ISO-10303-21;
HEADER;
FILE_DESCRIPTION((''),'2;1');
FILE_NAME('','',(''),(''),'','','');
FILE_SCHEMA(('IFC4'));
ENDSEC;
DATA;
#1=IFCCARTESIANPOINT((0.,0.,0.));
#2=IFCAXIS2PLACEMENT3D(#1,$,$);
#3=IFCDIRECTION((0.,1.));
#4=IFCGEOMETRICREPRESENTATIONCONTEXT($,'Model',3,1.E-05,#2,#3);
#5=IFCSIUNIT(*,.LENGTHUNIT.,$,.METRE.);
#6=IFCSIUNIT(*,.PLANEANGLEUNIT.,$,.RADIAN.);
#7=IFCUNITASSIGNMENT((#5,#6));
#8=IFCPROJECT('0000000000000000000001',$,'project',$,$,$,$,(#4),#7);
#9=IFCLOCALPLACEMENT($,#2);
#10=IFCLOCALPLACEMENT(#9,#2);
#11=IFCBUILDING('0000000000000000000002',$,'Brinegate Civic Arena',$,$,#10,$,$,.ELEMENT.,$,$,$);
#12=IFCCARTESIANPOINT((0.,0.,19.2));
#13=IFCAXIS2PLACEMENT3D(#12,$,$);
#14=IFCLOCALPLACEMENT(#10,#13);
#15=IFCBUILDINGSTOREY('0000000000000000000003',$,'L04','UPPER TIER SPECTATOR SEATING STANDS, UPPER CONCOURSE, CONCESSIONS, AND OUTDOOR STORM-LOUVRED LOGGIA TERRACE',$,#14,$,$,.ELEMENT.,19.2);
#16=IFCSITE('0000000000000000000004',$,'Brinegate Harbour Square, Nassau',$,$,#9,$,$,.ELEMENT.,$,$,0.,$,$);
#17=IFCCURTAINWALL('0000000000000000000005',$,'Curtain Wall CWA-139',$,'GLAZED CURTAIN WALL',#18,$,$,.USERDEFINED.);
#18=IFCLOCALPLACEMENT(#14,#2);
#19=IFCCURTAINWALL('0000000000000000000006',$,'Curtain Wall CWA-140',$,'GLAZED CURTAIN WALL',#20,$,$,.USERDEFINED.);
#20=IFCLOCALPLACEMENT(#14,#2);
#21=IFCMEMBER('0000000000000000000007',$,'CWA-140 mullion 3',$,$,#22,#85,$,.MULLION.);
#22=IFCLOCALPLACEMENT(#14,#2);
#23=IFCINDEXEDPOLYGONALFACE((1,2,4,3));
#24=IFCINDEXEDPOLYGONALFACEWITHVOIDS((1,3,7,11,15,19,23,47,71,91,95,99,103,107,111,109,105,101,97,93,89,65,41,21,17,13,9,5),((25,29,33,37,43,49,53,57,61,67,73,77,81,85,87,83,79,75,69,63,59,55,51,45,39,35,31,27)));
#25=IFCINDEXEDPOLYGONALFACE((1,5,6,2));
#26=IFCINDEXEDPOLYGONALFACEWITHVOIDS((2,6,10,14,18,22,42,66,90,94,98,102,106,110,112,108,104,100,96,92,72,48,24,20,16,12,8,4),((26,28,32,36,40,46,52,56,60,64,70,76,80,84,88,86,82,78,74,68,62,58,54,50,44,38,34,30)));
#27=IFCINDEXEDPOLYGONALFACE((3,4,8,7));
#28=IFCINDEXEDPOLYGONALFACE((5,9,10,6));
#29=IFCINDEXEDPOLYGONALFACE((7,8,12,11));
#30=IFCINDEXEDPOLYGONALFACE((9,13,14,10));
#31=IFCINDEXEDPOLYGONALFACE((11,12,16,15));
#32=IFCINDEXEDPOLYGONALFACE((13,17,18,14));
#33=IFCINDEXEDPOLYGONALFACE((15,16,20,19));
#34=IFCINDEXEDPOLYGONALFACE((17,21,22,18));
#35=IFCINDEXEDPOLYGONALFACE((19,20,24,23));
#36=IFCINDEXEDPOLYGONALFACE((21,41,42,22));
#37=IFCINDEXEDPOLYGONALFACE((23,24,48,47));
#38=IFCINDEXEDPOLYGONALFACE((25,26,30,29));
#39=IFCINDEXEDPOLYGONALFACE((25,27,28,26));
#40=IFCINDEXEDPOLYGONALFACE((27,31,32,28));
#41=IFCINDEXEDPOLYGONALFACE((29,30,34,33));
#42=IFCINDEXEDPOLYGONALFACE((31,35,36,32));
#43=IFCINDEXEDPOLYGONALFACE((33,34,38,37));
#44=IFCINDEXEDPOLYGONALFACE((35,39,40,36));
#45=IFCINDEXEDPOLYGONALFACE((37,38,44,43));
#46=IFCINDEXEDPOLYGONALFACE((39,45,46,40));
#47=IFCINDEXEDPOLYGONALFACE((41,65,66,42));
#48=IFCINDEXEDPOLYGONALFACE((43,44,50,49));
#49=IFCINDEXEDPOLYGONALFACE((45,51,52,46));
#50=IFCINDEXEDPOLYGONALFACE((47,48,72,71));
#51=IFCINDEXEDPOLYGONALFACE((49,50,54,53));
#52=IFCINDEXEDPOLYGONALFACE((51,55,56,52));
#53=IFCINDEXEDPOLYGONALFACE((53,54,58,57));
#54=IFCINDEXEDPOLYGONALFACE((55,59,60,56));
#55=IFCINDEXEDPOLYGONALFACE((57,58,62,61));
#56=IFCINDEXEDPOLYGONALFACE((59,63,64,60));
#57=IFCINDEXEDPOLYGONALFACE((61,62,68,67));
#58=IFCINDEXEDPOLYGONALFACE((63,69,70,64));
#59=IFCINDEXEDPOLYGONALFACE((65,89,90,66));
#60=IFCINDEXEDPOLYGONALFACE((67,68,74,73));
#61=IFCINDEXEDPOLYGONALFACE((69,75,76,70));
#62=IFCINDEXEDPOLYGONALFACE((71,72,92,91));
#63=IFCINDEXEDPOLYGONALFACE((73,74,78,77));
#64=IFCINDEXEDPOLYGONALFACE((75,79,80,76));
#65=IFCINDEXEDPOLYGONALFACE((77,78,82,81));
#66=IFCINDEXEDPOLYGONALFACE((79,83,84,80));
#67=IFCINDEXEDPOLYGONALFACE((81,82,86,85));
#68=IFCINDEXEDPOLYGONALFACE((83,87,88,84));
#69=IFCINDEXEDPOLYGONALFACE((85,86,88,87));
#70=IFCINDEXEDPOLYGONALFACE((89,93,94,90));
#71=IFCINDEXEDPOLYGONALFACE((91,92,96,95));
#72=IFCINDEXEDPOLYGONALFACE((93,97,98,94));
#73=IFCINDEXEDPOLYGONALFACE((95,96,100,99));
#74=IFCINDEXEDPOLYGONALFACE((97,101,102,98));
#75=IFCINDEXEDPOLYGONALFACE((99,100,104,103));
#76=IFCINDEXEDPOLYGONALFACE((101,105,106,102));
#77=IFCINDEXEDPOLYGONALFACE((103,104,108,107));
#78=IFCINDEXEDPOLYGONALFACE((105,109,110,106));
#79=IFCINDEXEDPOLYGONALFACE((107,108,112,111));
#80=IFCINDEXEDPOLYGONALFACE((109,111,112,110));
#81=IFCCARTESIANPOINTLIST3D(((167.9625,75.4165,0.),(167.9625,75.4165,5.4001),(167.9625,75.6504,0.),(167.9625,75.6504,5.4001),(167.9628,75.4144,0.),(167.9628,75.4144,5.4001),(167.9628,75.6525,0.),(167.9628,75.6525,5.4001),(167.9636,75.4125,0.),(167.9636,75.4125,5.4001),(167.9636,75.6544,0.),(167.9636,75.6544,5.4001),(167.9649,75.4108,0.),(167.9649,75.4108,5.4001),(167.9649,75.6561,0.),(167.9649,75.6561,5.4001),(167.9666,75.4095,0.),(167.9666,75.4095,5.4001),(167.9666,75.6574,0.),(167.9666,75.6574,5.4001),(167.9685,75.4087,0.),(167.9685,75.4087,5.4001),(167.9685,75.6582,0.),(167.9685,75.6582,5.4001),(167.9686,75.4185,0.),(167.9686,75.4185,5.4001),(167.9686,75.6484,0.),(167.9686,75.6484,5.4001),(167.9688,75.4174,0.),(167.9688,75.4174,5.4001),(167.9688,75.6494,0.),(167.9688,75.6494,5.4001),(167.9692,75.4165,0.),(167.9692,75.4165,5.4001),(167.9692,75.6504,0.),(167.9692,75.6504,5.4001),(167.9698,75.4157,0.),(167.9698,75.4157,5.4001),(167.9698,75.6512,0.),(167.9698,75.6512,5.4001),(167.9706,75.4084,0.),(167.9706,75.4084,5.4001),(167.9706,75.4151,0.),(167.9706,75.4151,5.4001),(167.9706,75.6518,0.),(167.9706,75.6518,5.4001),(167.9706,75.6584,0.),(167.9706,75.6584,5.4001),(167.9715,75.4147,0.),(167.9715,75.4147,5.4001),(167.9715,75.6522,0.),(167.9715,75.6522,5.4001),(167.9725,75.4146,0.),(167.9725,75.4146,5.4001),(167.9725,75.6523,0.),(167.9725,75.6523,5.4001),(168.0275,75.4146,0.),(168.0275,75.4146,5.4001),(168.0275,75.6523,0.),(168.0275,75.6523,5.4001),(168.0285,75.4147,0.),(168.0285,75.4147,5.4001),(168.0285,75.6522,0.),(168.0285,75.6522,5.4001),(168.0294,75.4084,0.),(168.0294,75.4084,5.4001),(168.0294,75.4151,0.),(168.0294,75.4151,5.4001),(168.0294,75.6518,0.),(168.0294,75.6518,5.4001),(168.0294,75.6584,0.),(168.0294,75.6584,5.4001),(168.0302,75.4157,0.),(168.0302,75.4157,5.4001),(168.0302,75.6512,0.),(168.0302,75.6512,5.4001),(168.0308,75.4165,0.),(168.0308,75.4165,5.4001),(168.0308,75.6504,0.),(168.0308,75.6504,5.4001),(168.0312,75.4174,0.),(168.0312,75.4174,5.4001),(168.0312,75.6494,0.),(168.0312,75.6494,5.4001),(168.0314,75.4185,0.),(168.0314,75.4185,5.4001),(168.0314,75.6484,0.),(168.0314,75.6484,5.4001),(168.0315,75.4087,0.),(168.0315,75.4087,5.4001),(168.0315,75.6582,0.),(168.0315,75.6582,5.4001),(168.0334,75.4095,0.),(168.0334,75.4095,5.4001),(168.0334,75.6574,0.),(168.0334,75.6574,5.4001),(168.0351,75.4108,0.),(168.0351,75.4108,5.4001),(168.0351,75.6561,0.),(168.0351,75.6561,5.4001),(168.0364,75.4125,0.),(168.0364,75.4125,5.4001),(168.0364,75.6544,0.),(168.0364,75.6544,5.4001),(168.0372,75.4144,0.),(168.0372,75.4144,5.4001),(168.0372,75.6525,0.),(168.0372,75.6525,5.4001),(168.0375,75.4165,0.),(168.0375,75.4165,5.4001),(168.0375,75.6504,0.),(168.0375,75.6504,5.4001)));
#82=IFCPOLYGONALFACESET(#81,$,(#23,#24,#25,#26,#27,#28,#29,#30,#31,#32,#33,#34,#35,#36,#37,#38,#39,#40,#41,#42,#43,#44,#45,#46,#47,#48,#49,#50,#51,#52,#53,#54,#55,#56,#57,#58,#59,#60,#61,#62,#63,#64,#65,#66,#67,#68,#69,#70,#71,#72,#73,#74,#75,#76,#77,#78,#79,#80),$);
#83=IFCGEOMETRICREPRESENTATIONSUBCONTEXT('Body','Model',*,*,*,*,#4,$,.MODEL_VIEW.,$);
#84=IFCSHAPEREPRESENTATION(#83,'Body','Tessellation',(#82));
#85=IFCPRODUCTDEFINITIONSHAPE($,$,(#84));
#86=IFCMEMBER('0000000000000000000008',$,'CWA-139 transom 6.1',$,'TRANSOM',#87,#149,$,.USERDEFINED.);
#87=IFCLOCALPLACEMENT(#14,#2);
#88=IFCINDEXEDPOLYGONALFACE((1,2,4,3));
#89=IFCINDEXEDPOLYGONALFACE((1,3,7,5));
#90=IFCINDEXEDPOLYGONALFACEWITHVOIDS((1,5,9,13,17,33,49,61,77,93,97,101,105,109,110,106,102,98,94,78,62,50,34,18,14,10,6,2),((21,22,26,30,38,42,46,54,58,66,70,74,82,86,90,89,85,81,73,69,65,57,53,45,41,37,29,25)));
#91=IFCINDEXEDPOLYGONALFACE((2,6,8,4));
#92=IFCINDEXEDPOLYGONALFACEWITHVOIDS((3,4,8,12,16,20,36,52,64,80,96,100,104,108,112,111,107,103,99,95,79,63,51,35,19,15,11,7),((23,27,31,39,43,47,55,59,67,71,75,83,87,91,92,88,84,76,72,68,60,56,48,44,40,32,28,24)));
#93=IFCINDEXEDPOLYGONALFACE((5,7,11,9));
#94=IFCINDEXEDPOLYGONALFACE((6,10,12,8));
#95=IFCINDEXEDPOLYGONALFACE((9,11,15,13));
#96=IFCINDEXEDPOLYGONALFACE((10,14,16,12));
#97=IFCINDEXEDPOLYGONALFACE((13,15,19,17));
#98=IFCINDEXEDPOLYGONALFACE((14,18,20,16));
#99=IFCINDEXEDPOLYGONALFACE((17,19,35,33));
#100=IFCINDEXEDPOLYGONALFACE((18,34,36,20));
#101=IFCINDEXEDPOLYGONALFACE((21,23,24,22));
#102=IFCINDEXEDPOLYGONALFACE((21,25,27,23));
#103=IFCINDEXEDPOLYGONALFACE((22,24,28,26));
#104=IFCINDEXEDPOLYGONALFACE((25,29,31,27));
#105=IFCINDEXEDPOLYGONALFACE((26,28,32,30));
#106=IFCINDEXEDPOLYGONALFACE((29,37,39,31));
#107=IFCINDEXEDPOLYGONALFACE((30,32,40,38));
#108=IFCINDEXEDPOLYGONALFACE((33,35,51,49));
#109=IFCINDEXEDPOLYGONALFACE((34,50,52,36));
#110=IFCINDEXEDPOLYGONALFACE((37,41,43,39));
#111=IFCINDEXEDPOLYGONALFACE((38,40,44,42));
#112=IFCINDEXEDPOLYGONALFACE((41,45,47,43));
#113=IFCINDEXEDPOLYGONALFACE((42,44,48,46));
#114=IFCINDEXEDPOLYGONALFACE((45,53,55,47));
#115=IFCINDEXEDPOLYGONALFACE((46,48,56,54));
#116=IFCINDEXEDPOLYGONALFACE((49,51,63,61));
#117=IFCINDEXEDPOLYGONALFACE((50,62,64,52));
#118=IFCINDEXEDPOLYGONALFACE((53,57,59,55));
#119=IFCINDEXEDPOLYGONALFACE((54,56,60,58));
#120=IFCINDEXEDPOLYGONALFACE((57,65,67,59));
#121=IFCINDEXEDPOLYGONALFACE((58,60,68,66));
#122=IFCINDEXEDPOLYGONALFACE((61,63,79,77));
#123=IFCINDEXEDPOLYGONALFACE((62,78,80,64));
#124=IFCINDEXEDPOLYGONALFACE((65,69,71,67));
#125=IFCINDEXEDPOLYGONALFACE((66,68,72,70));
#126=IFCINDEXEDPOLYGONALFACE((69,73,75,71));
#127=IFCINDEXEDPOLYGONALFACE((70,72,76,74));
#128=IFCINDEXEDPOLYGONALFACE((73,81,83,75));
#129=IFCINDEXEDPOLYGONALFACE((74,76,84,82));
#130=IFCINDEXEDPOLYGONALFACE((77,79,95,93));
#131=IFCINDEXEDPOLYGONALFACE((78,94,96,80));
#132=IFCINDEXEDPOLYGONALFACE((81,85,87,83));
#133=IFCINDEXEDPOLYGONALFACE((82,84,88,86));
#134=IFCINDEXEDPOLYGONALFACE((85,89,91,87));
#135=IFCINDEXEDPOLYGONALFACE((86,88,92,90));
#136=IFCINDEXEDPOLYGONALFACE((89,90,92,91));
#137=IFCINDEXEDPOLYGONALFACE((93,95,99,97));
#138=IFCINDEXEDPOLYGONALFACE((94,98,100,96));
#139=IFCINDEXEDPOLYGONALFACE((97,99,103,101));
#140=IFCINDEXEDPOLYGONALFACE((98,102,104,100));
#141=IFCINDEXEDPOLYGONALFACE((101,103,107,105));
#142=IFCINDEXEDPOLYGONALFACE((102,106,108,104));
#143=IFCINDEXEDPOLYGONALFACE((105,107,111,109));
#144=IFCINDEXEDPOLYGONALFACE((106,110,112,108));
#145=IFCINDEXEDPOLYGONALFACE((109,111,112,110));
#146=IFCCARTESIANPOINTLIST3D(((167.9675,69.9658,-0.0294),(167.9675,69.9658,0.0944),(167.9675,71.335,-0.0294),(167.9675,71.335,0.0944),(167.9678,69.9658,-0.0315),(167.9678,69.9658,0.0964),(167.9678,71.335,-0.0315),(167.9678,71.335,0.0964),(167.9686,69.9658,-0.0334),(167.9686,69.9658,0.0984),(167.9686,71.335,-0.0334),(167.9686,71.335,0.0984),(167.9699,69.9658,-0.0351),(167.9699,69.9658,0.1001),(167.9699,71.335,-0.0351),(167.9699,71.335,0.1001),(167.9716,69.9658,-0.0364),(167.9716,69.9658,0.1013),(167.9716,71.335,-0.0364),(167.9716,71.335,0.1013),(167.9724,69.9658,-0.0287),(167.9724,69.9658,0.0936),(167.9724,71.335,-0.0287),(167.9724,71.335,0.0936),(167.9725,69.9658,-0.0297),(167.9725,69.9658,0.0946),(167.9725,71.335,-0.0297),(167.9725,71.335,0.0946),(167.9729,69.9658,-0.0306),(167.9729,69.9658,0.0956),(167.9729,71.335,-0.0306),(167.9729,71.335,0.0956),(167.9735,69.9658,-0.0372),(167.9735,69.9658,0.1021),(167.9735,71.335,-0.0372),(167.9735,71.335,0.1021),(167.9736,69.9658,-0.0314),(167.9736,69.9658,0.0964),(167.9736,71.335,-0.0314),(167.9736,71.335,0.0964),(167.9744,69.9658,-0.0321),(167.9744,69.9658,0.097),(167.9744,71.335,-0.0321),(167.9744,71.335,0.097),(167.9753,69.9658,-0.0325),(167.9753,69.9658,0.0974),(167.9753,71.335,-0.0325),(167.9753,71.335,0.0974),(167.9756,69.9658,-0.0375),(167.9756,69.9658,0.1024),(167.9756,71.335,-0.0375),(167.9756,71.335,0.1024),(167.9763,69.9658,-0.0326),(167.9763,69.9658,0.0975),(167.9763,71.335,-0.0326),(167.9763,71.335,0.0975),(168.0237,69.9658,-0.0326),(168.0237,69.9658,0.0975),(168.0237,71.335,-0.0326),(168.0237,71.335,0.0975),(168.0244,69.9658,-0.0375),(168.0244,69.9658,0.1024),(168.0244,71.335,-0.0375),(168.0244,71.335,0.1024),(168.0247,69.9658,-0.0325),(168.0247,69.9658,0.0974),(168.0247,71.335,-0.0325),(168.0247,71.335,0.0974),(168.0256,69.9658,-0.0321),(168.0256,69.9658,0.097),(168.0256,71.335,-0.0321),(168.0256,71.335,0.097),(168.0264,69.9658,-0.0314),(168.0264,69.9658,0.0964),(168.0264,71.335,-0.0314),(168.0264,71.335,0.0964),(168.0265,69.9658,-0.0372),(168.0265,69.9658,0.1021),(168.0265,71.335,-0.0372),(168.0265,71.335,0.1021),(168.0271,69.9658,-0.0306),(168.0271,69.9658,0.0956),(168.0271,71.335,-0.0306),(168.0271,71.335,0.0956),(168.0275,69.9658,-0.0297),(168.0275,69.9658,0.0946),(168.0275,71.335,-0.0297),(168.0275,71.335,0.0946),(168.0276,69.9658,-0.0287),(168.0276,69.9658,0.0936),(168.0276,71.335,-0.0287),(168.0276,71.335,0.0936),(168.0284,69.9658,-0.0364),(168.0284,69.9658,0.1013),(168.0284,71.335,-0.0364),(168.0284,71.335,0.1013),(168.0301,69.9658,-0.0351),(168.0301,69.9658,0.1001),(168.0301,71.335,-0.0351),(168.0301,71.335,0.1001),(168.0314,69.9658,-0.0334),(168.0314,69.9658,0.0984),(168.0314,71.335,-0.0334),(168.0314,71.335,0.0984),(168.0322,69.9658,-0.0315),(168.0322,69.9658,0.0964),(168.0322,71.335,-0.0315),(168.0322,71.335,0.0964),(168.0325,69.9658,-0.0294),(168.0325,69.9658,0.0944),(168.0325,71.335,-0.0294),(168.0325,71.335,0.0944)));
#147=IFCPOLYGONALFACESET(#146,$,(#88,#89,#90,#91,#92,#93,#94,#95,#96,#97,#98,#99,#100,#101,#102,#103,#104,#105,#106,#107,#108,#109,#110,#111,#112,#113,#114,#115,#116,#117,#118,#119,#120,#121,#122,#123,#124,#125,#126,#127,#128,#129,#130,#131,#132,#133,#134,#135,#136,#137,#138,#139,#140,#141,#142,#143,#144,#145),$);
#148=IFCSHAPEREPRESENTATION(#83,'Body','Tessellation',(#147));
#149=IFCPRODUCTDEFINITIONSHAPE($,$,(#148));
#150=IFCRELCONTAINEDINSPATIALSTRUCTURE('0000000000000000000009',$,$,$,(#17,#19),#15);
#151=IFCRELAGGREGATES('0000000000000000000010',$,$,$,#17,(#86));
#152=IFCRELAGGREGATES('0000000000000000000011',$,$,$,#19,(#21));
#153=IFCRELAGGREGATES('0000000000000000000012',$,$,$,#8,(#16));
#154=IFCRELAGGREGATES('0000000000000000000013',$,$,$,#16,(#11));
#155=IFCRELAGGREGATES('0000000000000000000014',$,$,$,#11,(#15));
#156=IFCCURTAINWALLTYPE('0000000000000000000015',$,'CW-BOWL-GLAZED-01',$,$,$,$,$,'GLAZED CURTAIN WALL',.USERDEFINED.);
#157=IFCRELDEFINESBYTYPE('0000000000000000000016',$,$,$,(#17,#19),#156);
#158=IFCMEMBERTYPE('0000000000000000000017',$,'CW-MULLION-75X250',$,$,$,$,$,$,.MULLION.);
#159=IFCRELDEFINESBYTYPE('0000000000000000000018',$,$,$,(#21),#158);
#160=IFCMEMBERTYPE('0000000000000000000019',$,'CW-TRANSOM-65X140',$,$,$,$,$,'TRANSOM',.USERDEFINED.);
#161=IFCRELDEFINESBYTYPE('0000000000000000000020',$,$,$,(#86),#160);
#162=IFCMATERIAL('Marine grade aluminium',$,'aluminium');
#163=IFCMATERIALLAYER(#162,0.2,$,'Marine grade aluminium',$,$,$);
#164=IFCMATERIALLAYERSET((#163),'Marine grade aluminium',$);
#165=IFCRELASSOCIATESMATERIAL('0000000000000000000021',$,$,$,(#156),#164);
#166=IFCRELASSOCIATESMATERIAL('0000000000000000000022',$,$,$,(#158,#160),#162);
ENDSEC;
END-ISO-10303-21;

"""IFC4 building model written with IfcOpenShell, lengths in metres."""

from ifc_helpers import new_model, si_unit, direction, frame, origin, origin_2d, place, context, subcontext, project, spatial, hollow_rectangle, extrude, material, layer, layer_set, material_profile, profile_set, type_object, element, aggregate, save


model = new_model("IFC4")

# Units and contexts
model_context = context("Model", 3, precision=1e-05, world=origin(), true_north=direction((0.0, 1.0)))
body_context = subcontext(model_context, "Body", "Model", "MODEL_VIEW")
ifc_project = project(units=[si_unit("LENGTHUNIT", "METRE"), si_unit("PLANEANGLEUNIT", "RADIAN")], contexts=[model_context])

# Site, building, storey
site_placement = place(None, origin())
site = spatial("IfcSite", under=ifc_project, at=site_placement, Name="Brinegate Harbour Square, Nassau", CompositionType="ELEMENT", RefElevation=0.0)
building_placement = place(site_placement, origin())
building = spatial("IfcBuilding", under=site, at=building_placement, Name="Brinegate Civic Arena", CompositionType="ELEMENT")
storey_placement = place(building_placement, frame((0.0, 0.0, 19.2)))
storey = spatial("IfcBuildingStorey", under=building, at=storey_placement, Name="L04", Description="UPPER TIER SPECTATOR SEATING STANDS, UPPER CONCOURSE, CONCESSIONS, AND OUTDOOR STORM-LOUVRED LOGGIA TERRACE", CompositionType="ELEMENT", Elevation=19.2)

# Curtain walls, member
ifc_material_1 = material(Name="Marine grade aluminium", Category="aluminium")
ifc_layer_1 = layer(ifc_material_1, 0.2, Name="Marine grade aluminium")
ifc_layer_set_1 = layer_set([ifc_layer_1], Name="Marine grade aluminium")
curtain_wall_type = type_object("IfcCurtainWallType", Name="CW-BOWL-GLAZED-01", ElementType="GLAZED CURTAIN WALL", PredefinedType="USERDEFINED", material=ifc_layer_set_1)
curtain_wall_1_placement = place(storey_placement, origin())
curtain_wall_1 = element("IfcCurtainWall", 1, at=curtain_wall_1_placement, inside=storey, type_object=curtain_wall_type, Name="Curtain Wall CWA-139", ObjectType="GLAZED CURTAIN WALL", PredefinedType="USERDEFINED")
curtain_wall_2_placement = place(storey_placement, origin())
curtain_wall_2 = element("IfcCurtainWall", 2, at=curtain_wall_2_placement, inside=storey, type_object=curtain_wall_type, Name="Curtain Wall CWA-140", ObjectType="GLAZED CURTAIN WALL", PredefinedType="USERDEFINED")
ifc_material_profile_1 = material_profile(ifc_material_1, hollow_rectangle(XDim=0.075, YDim=0.25, WallThickness=0.0061, InnerFilletRadius=0.0039, OuterFilletRadius=0.0081, at=origin_2d()), Name="MUL75X250")
ifc_profile_set_1 = profile_set([ifc_material_profile_1], Name="Marine grade aluminium")
member_type_1 = type_object("IfcMemberType", Name="CW-MULLION-75X250", PredefinedType="MULLION", material=ifc_profile_set_1)
member_1_placement = place(storey_placement, frame((168.0, 75.5334, 0.0), z_axis=(0.0, 0.0, 1.0), x_axis=(-1.0, 0.0, 0.0)))
member_1 = element("IfcMember", 3, at=member_1_placement, type_object=member_type_1, Name="CWA-140 mullion 3", PredefinedType="MULLION", context=body_context, shape_type="SweptSolid", body=[
    extrude(hollow_rectangle(XDim=0.075, YDim=0.25, WallThickness=0.0061, InnerFilletRadius=0.0039, OuterFilletRadius=0.0081, at=origin_2d()), origin(), (0.0, 0.0, 1.0), 5.4001),
])

# Member
ifc_material_profile_2 = material_profile(ifc_material_1, hollow_rectangle(XDim=0.0649, YDim=0.1399, WallThickness=0.0049, InnerFilletRadius=0.0039, OuterFilletRadius=0.0081, at=origin_2d()), Name="TRN65X140")
ifc_profile_set_2 = profile_set([ifc_material_profile_2], Name="Marine grade aluminium")
member_type_2 = type_object("IfcMemberType", Name="CW-TRANSOM-65X140", ElementType="TRANSOM", PredefinedType="USERDEFINED", material=ifc_profile_set_2)
member_2_placement = place(storey_placement, frame((168.0, 69.9658, 0.0325), z_axis=(0.0, 1.0, 0.0), x_axis=(-1.0, 0.0, 0.0)))
member_2 = element("IfcMember", 4, at=member_2_placement, type_object=member_type_2, Name="CWA-139 transom 6.1", ObjectType="TRANSOM", PredefinedType="USERDEFINED", context=body_context, shape_type="SweptSolid", body=[
    extrude(hollow_rectangle(XDim=0.0649, YDim=0.1399, WallThickness=0.0049, InnerFilletRadius=0.0039, OuterFilletRadius=0.0081, at=origin_2d()), origin(), (0.0, 0.0, 1.0), 1.3691),
])

aggregate(curtain_wall_1, [member_2])
aggregate(curtain_wall_2, [member_1])

save(model, "model.ifc")
